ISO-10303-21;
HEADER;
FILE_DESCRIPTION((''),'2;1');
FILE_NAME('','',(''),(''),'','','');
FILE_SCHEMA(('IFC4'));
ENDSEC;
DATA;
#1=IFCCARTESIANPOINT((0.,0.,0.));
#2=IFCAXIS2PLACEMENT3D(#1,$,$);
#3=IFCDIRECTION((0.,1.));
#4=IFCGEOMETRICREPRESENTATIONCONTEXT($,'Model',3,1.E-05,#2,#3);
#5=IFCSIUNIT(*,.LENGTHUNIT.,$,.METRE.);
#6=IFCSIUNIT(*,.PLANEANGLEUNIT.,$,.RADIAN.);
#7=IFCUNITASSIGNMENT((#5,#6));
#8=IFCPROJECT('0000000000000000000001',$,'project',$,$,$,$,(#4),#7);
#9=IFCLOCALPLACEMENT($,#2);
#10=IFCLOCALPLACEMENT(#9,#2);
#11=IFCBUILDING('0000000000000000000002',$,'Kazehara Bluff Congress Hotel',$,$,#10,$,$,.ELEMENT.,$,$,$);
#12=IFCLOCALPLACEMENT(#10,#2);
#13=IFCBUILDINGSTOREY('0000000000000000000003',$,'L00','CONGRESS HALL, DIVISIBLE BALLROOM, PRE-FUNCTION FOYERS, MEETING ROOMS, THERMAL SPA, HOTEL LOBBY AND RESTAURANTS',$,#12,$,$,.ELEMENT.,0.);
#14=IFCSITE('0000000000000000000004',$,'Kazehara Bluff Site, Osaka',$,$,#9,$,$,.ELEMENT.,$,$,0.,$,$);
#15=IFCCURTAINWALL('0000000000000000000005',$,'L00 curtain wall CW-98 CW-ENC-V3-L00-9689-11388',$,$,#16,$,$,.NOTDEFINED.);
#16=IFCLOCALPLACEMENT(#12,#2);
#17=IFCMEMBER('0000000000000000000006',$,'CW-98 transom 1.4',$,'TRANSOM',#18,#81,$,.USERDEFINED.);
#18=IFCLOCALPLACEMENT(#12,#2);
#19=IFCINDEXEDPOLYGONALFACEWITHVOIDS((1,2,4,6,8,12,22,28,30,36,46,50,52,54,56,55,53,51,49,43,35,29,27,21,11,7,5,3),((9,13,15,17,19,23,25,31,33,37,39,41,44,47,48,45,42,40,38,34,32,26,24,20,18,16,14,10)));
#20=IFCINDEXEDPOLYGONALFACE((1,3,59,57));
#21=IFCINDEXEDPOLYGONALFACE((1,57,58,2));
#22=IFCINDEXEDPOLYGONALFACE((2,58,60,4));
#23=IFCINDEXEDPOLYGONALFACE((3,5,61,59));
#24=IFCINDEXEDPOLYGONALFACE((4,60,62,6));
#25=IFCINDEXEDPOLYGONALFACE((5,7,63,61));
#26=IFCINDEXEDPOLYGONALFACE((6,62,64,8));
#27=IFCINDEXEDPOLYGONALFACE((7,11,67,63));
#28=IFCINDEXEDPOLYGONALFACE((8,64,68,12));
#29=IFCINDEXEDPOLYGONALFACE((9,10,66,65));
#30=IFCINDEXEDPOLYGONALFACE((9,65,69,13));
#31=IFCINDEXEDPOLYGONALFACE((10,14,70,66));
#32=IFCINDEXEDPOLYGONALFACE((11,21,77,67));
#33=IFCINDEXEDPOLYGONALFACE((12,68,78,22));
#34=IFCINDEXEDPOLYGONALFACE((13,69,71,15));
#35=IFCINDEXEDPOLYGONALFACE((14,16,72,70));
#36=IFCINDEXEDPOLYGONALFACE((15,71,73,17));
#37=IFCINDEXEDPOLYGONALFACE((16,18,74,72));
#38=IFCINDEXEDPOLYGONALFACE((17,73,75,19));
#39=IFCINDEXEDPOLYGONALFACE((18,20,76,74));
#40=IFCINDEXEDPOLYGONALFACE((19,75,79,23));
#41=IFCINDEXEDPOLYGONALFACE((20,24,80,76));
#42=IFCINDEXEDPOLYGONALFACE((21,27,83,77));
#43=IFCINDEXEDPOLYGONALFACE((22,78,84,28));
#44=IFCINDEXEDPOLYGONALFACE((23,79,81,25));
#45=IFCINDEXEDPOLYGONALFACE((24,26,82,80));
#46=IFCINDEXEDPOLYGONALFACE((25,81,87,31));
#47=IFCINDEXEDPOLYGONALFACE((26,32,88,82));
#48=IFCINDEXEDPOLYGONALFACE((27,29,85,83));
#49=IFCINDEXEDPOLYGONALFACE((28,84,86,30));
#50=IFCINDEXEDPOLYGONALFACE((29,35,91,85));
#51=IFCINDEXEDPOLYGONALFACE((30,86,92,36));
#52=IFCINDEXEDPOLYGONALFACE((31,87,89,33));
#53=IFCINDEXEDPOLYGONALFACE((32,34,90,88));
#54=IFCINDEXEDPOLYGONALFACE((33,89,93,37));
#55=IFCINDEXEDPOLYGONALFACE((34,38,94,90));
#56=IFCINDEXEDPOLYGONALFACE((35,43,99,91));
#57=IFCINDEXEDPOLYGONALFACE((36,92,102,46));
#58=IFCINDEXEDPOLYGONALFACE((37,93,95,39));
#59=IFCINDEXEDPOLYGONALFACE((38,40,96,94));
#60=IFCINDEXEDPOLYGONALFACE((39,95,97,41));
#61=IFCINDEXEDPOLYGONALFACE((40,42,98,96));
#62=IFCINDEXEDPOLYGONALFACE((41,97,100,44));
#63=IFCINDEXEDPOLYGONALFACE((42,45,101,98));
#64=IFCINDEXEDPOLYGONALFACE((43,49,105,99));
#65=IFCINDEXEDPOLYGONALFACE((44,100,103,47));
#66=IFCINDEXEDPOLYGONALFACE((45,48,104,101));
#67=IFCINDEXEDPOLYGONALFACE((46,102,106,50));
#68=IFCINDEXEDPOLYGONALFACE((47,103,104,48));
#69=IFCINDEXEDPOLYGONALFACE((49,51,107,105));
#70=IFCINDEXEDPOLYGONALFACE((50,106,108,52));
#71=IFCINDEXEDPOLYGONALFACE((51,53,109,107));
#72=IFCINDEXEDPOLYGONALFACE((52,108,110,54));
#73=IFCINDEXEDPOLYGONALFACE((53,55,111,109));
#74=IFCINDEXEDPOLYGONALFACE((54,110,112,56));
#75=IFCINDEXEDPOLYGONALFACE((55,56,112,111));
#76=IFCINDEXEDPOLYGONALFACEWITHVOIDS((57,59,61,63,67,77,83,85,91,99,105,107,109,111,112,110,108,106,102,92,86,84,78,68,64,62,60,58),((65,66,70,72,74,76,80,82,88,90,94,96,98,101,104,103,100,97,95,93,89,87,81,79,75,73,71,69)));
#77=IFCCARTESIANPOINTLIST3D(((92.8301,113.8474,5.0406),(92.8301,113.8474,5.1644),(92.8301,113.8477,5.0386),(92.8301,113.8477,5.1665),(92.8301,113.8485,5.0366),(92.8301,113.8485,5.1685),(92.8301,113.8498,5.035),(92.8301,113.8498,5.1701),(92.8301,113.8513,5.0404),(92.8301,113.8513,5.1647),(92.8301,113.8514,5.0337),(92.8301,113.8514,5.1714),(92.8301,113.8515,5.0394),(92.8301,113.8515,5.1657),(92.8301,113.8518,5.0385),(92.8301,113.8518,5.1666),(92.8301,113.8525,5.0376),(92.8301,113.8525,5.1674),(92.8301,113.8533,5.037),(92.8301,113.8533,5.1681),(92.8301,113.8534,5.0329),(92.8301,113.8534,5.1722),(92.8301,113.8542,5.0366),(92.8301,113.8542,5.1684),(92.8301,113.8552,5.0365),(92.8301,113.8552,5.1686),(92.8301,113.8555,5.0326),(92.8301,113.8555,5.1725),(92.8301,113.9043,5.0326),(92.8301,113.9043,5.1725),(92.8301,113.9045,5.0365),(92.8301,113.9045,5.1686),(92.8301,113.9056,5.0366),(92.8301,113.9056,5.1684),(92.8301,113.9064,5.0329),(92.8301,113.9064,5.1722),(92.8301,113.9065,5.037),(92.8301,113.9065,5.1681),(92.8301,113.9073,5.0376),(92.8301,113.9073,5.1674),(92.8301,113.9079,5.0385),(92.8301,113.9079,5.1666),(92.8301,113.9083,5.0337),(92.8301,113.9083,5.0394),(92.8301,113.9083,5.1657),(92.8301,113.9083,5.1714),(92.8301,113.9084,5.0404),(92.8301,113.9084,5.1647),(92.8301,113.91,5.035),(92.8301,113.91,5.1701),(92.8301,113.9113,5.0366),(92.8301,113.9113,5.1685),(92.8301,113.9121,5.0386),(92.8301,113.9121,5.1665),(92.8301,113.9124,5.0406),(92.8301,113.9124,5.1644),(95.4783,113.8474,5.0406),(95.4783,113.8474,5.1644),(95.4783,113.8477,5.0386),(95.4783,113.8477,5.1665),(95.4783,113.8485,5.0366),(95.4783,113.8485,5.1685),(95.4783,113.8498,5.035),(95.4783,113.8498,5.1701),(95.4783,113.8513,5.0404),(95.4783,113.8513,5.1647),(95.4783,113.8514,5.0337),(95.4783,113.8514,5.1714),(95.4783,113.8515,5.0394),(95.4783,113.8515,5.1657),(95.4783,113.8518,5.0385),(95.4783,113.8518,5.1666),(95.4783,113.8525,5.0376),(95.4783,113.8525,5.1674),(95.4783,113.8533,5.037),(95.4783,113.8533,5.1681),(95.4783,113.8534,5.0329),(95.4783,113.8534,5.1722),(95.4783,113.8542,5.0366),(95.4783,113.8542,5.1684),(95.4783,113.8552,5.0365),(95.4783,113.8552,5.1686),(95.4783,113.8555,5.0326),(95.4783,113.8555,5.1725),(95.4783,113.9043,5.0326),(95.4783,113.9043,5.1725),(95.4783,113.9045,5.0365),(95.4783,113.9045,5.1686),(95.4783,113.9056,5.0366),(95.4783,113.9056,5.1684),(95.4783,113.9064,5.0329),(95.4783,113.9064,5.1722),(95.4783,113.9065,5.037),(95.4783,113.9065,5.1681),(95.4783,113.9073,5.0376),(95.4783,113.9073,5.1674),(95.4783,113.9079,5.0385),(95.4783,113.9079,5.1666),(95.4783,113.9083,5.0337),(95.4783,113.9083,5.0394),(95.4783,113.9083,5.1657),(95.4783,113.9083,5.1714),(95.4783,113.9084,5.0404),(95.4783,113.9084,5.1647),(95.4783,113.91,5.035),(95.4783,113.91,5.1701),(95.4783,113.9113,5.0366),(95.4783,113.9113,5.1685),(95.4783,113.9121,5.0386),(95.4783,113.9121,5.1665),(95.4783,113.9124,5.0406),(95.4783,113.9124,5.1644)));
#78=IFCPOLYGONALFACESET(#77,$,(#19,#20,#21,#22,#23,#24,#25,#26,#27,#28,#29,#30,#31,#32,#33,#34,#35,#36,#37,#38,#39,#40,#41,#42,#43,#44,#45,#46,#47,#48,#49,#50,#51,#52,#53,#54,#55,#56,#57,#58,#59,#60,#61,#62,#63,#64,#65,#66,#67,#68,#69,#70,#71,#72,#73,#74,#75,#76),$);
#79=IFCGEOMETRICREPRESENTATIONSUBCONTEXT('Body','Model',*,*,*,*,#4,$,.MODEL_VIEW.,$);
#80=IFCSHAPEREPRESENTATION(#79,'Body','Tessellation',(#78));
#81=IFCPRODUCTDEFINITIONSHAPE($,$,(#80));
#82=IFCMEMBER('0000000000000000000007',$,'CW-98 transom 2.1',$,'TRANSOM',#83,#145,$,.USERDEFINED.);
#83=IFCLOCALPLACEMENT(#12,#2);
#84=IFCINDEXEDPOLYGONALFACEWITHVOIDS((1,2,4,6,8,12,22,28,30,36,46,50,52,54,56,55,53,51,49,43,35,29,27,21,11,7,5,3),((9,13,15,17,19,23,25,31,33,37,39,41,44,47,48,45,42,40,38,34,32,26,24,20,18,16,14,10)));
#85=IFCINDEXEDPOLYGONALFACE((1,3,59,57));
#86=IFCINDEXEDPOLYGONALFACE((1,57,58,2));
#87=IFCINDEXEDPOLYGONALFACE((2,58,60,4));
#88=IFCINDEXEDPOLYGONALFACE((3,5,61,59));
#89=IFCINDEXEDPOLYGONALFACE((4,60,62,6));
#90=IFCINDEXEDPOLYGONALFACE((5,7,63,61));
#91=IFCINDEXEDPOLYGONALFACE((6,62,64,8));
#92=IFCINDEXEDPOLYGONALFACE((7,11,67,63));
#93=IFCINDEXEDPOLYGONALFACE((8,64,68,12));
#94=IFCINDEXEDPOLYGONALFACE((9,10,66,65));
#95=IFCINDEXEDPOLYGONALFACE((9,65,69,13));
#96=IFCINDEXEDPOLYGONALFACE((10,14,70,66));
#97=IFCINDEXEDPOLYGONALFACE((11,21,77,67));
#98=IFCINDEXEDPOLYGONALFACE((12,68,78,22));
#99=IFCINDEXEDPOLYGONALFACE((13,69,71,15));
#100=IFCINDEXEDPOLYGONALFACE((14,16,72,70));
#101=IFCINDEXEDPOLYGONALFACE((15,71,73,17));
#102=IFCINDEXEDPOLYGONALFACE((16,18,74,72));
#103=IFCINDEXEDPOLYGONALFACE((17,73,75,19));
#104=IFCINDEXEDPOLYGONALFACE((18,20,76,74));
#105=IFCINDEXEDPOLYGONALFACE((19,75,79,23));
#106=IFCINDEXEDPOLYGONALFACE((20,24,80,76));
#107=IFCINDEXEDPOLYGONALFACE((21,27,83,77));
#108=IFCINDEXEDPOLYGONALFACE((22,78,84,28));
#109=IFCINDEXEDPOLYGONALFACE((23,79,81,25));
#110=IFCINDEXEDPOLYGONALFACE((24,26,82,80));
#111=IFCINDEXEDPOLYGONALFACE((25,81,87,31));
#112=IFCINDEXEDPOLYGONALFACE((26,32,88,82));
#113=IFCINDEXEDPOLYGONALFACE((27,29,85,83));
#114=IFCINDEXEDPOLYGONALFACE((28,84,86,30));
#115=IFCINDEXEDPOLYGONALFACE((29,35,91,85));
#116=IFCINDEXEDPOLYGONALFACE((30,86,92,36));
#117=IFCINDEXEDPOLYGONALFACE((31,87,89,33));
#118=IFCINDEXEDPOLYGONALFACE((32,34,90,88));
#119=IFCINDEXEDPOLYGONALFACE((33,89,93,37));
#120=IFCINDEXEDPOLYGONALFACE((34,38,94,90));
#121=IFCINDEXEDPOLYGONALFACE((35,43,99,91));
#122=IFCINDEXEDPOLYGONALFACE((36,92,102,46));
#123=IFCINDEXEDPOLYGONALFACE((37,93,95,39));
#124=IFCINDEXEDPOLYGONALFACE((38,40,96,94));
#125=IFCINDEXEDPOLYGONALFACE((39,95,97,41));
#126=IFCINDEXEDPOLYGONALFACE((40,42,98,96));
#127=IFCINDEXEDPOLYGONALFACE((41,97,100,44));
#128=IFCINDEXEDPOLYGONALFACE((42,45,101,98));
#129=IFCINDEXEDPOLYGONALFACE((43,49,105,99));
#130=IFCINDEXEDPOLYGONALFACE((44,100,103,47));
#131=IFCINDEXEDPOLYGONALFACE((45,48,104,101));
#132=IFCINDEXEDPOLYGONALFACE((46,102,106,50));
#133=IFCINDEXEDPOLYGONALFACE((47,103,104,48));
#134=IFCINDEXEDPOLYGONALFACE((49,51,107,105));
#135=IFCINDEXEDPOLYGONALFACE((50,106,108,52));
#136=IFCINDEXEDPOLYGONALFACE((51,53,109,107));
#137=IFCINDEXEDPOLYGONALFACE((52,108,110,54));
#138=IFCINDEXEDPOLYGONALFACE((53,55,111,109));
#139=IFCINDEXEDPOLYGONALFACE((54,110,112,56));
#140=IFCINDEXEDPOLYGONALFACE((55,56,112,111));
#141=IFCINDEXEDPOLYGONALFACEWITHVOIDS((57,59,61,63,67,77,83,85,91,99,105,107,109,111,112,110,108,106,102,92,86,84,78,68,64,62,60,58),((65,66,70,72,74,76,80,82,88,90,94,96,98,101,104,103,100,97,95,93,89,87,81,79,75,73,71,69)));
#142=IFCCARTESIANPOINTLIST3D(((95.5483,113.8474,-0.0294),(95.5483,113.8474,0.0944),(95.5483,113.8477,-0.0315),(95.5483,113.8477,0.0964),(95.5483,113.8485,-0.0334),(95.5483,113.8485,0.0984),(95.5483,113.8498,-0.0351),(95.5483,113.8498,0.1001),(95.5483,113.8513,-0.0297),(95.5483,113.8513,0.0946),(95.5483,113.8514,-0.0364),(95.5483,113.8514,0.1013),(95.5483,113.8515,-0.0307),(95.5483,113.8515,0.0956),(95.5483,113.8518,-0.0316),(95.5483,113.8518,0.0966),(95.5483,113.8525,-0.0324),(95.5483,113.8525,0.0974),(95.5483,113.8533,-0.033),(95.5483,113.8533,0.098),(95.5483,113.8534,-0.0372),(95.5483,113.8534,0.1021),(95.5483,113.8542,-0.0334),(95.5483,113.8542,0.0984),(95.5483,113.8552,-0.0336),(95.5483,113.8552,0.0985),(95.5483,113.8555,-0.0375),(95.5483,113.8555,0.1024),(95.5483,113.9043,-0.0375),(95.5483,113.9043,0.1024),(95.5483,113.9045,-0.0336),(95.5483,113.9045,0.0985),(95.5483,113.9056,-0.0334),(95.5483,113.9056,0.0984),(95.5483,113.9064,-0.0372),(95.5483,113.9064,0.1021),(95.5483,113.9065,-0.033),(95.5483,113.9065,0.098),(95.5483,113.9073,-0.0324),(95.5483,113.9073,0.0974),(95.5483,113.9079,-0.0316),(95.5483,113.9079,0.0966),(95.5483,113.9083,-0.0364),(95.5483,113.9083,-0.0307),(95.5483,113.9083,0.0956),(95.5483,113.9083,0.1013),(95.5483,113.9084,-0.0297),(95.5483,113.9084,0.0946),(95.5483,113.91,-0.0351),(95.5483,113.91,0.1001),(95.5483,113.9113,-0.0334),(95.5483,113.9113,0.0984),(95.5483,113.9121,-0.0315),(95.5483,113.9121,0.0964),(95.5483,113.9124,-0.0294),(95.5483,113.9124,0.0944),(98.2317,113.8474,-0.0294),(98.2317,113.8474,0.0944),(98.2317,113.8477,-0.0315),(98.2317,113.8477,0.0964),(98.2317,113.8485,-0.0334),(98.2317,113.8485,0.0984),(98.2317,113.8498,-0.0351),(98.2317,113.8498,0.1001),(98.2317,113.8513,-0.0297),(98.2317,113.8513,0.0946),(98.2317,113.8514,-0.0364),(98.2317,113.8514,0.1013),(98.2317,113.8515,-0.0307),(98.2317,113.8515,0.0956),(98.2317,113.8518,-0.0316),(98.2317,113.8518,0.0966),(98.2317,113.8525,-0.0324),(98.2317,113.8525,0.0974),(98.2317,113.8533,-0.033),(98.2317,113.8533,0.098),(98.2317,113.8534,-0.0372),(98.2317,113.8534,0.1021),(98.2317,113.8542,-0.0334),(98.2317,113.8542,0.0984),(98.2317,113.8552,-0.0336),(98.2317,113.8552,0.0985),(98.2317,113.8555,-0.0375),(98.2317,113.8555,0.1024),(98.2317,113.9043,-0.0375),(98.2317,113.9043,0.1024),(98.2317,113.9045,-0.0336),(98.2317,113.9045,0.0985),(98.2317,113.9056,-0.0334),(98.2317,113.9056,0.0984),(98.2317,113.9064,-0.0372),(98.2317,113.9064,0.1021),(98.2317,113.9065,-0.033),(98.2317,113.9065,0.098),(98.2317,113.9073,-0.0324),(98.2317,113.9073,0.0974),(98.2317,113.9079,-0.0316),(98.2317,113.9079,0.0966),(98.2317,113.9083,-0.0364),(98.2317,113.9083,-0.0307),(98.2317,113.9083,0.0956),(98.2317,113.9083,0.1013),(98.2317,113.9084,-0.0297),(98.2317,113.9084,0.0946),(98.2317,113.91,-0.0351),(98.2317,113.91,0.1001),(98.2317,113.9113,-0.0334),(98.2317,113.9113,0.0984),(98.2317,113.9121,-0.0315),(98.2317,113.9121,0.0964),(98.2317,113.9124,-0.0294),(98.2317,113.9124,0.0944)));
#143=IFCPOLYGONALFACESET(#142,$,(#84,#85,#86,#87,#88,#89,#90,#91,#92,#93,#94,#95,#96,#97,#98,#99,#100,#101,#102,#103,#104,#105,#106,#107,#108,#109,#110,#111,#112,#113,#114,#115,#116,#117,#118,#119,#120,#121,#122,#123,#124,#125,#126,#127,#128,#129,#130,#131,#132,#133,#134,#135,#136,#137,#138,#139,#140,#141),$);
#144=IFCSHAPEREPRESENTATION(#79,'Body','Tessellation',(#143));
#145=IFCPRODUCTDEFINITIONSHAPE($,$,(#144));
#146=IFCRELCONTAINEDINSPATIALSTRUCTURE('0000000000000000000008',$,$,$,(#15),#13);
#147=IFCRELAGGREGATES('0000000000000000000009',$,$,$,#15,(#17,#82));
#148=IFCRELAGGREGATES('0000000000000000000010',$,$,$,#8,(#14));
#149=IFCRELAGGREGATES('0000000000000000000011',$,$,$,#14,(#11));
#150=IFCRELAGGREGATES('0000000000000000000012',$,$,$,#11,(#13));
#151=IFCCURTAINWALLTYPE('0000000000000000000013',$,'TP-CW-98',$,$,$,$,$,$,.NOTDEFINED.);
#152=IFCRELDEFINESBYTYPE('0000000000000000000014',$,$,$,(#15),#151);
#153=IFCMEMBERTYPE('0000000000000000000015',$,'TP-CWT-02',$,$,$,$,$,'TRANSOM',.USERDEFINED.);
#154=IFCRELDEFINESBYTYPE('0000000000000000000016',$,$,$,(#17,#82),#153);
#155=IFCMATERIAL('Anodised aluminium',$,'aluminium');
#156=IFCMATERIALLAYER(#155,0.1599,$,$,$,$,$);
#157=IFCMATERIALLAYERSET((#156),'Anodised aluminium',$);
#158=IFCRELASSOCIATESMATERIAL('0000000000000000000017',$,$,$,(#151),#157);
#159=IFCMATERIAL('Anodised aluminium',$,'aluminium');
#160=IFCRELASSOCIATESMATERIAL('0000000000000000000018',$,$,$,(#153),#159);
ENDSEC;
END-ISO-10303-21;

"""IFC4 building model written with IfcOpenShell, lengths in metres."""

from ifc_helpers import new_model, si_unit, direction, frame, origin, origin_2d, place, context, subcontext, project, spatial, hollow_rectangle, extrude, material, layer, layer_set, material_profile, profile_set, type_object, element, aggregate, save


model = new_model("IFC4")

# Units and contexts
model_context = context("Model", 3, precision=1e-05, world=origin(), true_north=direction((0.0, 1.0)))
body_context = subcontext(model_context, "Body", "Model", "MODEL_VIEW")
ifc_project = project(units=[si_unit("LENGTHUNIT", "METRE"), si_unit("PLANEANGLEUNIT", "RADIAN")], contexts=[model_context])

# Site, building, storey
site_placement = place(None, origin())
site = spatial("IfcSite", under=ifc_project, at=site_placement, Name="Kazehara Bluff Site, Osaka", CompositionType="ELEMENT", RefElevation=0.0)
building_placement = place(site_placement, origin())
building = spatial("IfcBuilding", under=site, at=building_placement, Name="Kazehara Bluff Congress Hotel", CompositionType="ELEMENT")
storey_placement = place(building_placement, origin())
storey = spatial("IfcBuildingStorey", under=building, at=storey_placement, Name="L00", Description="CONGRESS HALL, DIVISIBLE BALLROOM, PRE-FUNCTION FOYERS, MEETING ROOMS, THERMAL SPA, HOTEL LOBBY AND RESTAURANTS", CompositionType="ELEMENT", Elevation=0.0)

# Curtain wall, members
ifc_material_1 = material(Name="Anodised aluminium", Category="aluminium")
ifc_layer_1 = layer(ifc_material_1, 0.1599)
ifc_layer_set_1 = layer_set([ifc_layer_1], Name="Anodised aluminium")
curtain_wall_type = type_object("IfcCurtainWallType", Name="TP-CW-98", PredefinedType="NOTDEFINED", material=ifc_layer_set_1)
curtain_wall_placement = place(storey_placement, origin())
curtain_wall = element("IfcCurtainWall", 1, at=curtain_wall_placement, inside=storey, type_object=curtain_wall_type, Name="L00 curtain wall CW-98 CW-ENC-V3-L00-9689-11388", PredefinedType="NOTDEFINED")
ifc_material_2 = material(Name="Anodised aluminium", Category="aluminium")
ifc_material_profile_1 = material_profile(ifc_material_2, hollow_rectangle(XDim=0.0649, YDim=0.1399, WallThickness=0.0039, InnerFilletRadius=0.0039, OuterFilletRadius=0.0081, at=origin_2d()))
ifc_profile_set_1 = profile_set([ifc_material_profile_1], Name="Anodised aluminium")
member_type_1 = type_object("IfcMemberType", Name="TP-CWT-02", ElementType="TRANSOM", PredefinedType="USERDEFINED", material=ifc_profile_set_1)
member_1_placement = place(storey_placement, frame((92.8301, 113.8799, 5.1025), z_axis=(1.0, 0.0, 0.0), x_axis=(0.0, 1.0, 0.0)))
member_1 = element("IfcMember", 2, at=member_1_placement, type_object=member_type_1, Name="CW-98 transom 1.4", ObjectType="TRANSOM", PredefinedType="USERDEFINED", context=body_context, shape_type="SweptSolid", body=[
    extrude(hollow_rectangle(XDim=0.0649, YDim=0.1399, WallThickness=0.0039, InnerFilletRadius=0.0039, OuterFilletRadius=0.0081, at=origin_2d()), origin(), (0.0, 0.0, 1.0), 2.6482),
])
member_2_placement = place(storey_placement, frame((95.5483, 113.8799, 0.0325), z_axis=(1.0, 0.0, 0.0), x_axis=(0.0, 1.0, 0.0)))
member_2 = element("IfcMember", 3, at=member_2_placement, type_object=member_type_1, Name="CW-98 transom 2.1", ObjectType="TRANSOM", PredefinedType="USERDEFINED", context=body_context, shape_type="SweptSolid", body=[
    extrude(hollow_rectangle(XDim=0.0649, YDim=0.1399, WallThickness=0.0039, InnerFilletRadius=0.0039, OuterFilletRadius=0.0081, at=origin_2d()), origin(), (0.0, 0.0, 1.0), 2.6833),
])

aggregate(curtain_wall, [member_1, member_2])

save(model, "model.ifc")
